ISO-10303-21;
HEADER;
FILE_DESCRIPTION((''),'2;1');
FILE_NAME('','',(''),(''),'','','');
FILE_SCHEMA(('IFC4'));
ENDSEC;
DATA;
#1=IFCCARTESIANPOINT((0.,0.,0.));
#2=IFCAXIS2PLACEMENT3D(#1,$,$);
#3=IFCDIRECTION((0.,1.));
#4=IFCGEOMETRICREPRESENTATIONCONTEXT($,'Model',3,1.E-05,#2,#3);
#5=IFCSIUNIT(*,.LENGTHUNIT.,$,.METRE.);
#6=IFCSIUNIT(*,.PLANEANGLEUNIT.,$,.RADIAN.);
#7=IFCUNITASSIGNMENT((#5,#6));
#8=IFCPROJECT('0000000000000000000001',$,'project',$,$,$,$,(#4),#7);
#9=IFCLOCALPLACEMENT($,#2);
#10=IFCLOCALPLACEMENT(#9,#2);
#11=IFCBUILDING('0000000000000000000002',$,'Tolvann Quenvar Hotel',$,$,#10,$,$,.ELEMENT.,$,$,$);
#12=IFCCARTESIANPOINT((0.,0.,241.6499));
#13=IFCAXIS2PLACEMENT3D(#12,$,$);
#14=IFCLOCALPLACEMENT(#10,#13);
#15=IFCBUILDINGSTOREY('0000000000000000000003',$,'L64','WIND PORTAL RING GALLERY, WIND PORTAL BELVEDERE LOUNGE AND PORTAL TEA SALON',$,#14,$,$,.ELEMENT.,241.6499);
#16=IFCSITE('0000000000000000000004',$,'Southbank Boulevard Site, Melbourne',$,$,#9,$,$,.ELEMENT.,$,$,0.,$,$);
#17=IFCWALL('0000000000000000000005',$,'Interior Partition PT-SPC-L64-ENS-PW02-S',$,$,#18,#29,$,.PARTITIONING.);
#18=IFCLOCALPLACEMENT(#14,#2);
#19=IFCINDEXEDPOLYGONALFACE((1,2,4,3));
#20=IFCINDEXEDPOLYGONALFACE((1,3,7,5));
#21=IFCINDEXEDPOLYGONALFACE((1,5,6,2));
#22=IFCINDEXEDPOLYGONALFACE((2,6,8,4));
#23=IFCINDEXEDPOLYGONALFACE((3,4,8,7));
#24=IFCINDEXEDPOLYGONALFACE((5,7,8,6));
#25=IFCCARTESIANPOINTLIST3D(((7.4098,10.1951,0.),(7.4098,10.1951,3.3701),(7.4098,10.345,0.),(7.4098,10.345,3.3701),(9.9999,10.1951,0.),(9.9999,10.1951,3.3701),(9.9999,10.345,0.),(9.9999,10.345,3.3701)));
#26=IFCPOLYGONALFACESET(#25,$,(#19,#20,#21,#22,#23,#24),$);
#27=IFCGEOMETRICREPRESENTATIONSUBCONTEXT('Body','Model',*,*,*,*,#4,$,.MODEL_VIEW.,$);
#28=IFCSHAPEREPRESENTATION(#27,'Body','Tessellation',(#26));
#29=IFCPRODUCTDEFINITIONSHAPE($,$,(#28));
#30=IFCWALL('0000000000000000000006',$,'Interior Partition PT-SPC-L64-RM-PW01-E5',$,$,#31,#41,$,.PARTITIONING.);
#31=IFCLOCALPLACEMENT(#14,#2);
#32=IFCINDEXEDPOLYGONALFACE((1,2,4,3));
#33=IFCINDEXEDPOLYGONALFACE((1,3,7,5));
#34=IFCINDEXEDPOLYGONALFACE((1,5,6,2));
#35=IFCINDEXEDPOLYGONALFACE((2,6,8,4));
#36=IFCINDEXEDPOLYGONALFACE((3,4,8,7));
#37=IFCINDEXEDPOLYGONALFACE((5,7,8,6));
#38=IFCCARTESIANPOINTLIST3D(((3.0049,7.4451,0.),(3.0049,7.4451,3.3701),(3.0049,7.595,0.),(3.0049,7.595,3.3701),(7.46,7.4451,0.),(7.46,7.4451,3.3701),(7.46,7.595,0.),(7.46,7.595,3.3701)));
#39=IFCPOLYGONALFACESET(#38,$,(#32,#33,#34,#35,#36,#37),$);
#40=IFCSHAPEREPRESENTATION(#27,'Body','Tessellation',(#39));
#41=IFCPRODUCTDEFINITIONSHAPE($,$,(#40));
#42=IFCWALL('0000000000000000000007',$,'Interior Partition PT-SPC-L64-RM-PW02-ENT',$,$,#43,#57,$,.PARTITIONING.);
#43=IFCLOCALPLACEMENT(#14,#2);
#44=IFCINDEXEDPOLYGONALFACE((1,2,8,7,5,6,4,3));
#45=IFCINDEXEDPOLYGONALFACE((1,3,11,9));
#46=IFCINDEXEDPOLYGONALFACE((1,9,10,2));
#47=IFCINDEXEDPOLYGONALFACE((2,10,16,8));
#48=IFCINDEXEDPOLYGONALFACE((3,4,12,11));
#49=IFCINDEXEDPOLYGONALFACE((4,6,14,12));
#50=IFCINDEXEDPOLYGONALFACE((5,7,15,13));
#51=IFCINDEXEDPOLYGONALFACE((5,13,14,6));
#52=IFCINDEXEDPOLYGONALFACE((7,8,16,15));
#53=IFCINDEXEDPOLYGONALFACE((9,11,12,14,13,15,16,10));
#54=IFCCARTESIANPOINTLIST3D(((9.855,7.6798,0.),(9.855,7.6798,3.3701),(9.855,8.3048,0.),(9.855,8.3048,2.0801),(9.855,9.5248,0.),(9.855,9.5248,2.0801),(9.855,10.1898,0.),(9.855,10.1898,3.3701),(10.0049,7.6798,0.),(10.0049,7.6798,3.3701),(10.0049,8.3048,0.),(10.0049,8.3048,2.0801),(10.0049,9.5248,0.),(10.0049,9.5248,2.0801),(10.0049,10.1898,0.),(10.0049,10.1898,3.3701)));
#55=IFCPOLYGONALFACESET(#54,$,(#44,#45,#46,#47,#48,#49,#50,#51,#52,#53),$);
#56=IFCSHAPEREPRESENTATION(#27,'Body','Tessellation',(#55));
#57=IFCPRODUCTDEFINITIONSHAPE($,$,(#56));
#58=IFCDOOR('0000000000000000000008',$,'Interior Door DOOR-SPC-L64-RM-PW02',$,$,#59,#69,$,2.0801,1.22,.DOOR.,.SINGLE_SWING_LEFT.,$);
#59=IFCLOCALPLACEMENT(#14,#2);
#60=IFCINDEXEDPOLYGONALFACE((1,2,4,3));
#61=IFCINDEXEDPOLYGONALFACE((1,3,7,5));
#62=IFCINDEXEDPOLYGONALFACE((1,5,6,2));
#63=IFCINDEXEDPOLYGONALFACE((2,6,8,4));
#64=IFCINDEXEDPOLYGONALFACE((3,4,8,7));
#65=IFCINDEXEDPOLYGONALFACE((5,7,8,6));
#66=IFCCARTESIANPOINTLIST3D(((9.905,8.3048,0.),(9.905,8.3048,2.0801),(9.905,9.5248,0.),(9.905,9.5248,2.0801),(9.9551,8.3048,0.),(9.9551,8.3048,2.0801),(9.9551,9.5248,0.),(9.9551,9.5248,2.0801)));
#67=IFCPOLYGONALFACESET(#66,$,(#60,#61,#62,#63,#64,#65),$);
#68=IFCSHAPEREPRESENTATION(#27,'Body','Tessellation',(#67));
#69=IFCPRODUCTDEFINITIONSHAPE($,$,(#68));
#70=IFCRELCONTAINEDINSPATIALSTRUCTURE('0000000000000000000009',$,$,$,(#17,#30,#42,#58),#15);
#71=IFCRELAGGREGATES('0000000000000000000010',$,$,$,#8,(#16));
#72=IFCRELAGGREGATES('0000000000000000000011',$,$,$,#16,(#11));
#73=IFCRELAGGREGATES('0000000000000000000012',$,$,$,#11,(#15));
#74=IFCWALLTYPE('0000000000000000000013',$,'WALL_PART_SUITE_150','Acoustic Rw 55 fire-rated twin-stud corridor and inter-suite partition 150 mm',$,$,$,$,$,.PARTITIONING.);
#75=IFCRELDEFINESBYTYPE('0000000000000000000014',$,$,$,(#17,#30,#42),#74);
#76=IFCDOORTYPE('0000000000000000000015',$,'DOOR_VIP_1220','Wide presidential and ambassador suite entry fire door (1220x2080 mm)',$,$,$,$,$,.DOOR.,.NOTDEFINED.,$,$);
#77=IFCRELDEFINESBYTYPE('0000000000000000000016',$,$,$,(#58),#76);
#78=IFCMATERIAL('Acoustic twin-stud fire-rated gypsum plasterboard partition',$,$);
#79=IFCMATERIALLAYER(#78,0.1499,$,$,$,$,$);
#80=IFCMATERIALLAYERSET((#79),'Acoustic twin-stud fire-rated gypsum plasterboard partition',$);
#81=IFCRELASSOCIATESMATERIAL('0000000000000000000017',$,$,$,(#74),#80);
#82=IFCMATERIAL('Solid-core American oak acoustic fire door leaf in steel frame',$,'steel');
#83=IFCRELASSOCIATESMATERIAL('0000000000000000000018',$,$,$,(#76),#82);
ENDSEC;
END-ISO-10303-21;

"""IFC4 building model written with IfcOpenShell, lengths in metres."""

from ifc_helpers import new_model, si_unit, direction, frame, frame_2d, origin, place, context, subcontext, project, spatial, rectangle, extrude, source, transform, mapped, material, layer, layer_set, type_object, type_shapes, element, fill, save


model = new_model("IFC4")

# Units and contexts
model_context = context("Model", 3, precision=1e-05, world=origin(), true_north=direction((0.0, 1.0)))
body_context = subcontext(model_context, "Body", "Model", "MODEL_VIEW")
ifc_project = project(units=[si_unit("LENGTHUNIT", "METRE"), si_unit("PLANEANGLEUNIT", "RADIAN")], contexts=[model_context])

# Site, building, storey
site_placement = place(None, origin())
site = spatial("IfcSite", under=ifc_project, at=site_placement, Name="Southbank Boulevard Site, Melbourne", CompositionType="ELEMENT", RefElevation=0.0)
building_placement = place(site_placement, origin())
building = spatial("IfcBuilding", under=site, at=building_placement, Name="Tolvann Quenvar Hotel", CompositionType="ELEMENT")
storey_placement = place(building_placement, frame((0.0, 0.0, 241.6499)))
storey = spatial("IfcBuildingStorey", under=building, at=storey_placement, Name="L64", Description="WIND PORTAL RING GALLERY, WIND PORTAL BELVEDERE LOUNGE AND PORTAL TEA SALON", CompositionType="ELEMENT", Elevation=241.6499)

# Shared definitions
ifc_material_1 = material(Name="Acoustic twin-stud fire-rated gypsum plasterboard partition")
ifc_layer_1 = layer(ifc_material_1, 0.1499)
ifc_layer_set_1 = layer_set([ifc_layer_1], Name="Acoustic twin-stud fire-rated gypsum plasterboard partition")
wall_type_1 = type_object("IfcWallType", Name="WALL_PART_SUITE_150", Description="Acoustic Rw 55 fire-rated twin-stud corridor and inter-suite partition 150 mm", PredefinedType="PARTITIONING", material=ifc_layer_set_1)
ifc_material_2 = material(Name="Solid-core American oak acoustic fire door leaf in steel frame", Category="steel")

# Walls
wall_1_placement = place(storey_placement, frame((7.4099, 10.27, 0.0), z_axis=(0.0, 0.0, 1.0), x_axis=(1.0, 0.0, 0.0)))
element("IfcWall", 1, at=wall_1_placement, inside=storey, type_object=wall_type_1, Name="Interior Partition PT-SPC-L64-ENS-PW02-S", PredefinedType="PARTITIONING", context=body_context, shape_type="SweptSolid", body=[
    extrude(rectangle(XDim=2.5901, YDim=0.1499, at=frame_2d((1.2949, 0.0))), origin(), (0.0, 0.0, 1.0), 3.3701),
])
wall_2_placement = place(storey_placement, frame((3.0049, 7.52, 0.0), z_axis=(0.0, 0.0, 1.0), x_axis=(1.0, 0.0, 0.0)))
element("IfcWall", 2, at=wall_2_placement, inside=storey, type_object=wall_type_1, Name="Interior Partition PT-SPC-L64-RM-PW01-E5", PredefinedType="PARTITIONING", context=body_context, shape_type="SweptSolid", body=[
    extrude(rectangle(XDim=4.4551, YDim=0.1499, at=frame_2d((2.2275, 0.0))), origin(), (0.0, 0.0, 1.0), 3.3701),
])

# Wall, opening, door
wall_3_placement = place(storey_placement, frame((9.9299, 7.6799, 0.0), z_axis=(0.0, 0.0, 1.0), x_axis=(0.0, 1.0, 0.0)))
wall_3 = element("IfcWall", 3, at=wall_3_placement, inside=storey, type_object=wall_type_1, Name="Interior Partition PT-SPC-L64-RM-PW02-ENT", PredefinedType="PARTITIONING", context=body_context, shape_type="SweptSolid", body=[
    extrude(rectangle(XDim=2.51, YDim=0.1499, at=frame_2d((1.2549, 0.0))), origin(), (0.0, 0.0, 1.0), 3.3701),
])
opening_1_placement = place(wall_3_placement, frame((0.625, 0.0, 0.0)))
opening_1 = element("IfcOpeningElement", 4, at=opening_1_placement, cuts=wall_3, PredefinedType="OPENING", context=body_context, shape_type="SweptSolid", body=[
    extrude(rectangle(XDim=1.22, YDim=2.0801, at=frame_2d((0.6099, 1.04))), frame((0.0, 0.085, 0.0), z_axis=(0.0, -1.0, 0.0), x_axis=(1.0, 0.0, 0.0)), (0.0, 0.0, 1.0), 0.1699),
])
door_type_1 = type_object("IfcDoorType", Name="DOOR_VIP_1220", Description="Wide presidential and ambassador suite entry fire door (1220x2080 mm)", OperationType="NOTDEFINED", PredefinedType="DOOR", material=ifc_material_2)
shared_shape_1 = source(origin(), body_context, "Body", "SweptSolid", [
    extrude(rectangle(XDim=1.22, YDim=2.0801, at=frame_2d((0.6099, 1.04))), frame((0.0, 0.0249, 0.0), z_axis=(0.0, -1.0, 0.0), x_axis=(1.0, 0.0, 0.0)), (0.0, 0.0, 1.0), 0.05),
])
type_shapes(door_type_1, [shared_shape_1])
door_1_placement = place(opening_1_placement, origin())
door_1 = element("IfcDoor", 5, at=door_1_placement, inside=storey, type_object=door_type_1, Name="Interior Door DOOR-SPC-L64-RM-PW02", OperationType="SINGLE_SWING_LEFT", OverallHeight=2.0801, OverallWidth=1.22, PredefinedType="DOOR", context=body_context, shape_type="MappedRepresentation", body=[
    mapped(shared_shape_1, transform((0.0, 0.0, 0.0), x_axis=(1.0, 0.0, 0.0), y_axis=(0.0, 1.0, 0.0), z_axis=(0.0, 0.0, 1.0), scale=1.0)),
])
fill(opening_1, door_1)

save(model, "model.ifc")
